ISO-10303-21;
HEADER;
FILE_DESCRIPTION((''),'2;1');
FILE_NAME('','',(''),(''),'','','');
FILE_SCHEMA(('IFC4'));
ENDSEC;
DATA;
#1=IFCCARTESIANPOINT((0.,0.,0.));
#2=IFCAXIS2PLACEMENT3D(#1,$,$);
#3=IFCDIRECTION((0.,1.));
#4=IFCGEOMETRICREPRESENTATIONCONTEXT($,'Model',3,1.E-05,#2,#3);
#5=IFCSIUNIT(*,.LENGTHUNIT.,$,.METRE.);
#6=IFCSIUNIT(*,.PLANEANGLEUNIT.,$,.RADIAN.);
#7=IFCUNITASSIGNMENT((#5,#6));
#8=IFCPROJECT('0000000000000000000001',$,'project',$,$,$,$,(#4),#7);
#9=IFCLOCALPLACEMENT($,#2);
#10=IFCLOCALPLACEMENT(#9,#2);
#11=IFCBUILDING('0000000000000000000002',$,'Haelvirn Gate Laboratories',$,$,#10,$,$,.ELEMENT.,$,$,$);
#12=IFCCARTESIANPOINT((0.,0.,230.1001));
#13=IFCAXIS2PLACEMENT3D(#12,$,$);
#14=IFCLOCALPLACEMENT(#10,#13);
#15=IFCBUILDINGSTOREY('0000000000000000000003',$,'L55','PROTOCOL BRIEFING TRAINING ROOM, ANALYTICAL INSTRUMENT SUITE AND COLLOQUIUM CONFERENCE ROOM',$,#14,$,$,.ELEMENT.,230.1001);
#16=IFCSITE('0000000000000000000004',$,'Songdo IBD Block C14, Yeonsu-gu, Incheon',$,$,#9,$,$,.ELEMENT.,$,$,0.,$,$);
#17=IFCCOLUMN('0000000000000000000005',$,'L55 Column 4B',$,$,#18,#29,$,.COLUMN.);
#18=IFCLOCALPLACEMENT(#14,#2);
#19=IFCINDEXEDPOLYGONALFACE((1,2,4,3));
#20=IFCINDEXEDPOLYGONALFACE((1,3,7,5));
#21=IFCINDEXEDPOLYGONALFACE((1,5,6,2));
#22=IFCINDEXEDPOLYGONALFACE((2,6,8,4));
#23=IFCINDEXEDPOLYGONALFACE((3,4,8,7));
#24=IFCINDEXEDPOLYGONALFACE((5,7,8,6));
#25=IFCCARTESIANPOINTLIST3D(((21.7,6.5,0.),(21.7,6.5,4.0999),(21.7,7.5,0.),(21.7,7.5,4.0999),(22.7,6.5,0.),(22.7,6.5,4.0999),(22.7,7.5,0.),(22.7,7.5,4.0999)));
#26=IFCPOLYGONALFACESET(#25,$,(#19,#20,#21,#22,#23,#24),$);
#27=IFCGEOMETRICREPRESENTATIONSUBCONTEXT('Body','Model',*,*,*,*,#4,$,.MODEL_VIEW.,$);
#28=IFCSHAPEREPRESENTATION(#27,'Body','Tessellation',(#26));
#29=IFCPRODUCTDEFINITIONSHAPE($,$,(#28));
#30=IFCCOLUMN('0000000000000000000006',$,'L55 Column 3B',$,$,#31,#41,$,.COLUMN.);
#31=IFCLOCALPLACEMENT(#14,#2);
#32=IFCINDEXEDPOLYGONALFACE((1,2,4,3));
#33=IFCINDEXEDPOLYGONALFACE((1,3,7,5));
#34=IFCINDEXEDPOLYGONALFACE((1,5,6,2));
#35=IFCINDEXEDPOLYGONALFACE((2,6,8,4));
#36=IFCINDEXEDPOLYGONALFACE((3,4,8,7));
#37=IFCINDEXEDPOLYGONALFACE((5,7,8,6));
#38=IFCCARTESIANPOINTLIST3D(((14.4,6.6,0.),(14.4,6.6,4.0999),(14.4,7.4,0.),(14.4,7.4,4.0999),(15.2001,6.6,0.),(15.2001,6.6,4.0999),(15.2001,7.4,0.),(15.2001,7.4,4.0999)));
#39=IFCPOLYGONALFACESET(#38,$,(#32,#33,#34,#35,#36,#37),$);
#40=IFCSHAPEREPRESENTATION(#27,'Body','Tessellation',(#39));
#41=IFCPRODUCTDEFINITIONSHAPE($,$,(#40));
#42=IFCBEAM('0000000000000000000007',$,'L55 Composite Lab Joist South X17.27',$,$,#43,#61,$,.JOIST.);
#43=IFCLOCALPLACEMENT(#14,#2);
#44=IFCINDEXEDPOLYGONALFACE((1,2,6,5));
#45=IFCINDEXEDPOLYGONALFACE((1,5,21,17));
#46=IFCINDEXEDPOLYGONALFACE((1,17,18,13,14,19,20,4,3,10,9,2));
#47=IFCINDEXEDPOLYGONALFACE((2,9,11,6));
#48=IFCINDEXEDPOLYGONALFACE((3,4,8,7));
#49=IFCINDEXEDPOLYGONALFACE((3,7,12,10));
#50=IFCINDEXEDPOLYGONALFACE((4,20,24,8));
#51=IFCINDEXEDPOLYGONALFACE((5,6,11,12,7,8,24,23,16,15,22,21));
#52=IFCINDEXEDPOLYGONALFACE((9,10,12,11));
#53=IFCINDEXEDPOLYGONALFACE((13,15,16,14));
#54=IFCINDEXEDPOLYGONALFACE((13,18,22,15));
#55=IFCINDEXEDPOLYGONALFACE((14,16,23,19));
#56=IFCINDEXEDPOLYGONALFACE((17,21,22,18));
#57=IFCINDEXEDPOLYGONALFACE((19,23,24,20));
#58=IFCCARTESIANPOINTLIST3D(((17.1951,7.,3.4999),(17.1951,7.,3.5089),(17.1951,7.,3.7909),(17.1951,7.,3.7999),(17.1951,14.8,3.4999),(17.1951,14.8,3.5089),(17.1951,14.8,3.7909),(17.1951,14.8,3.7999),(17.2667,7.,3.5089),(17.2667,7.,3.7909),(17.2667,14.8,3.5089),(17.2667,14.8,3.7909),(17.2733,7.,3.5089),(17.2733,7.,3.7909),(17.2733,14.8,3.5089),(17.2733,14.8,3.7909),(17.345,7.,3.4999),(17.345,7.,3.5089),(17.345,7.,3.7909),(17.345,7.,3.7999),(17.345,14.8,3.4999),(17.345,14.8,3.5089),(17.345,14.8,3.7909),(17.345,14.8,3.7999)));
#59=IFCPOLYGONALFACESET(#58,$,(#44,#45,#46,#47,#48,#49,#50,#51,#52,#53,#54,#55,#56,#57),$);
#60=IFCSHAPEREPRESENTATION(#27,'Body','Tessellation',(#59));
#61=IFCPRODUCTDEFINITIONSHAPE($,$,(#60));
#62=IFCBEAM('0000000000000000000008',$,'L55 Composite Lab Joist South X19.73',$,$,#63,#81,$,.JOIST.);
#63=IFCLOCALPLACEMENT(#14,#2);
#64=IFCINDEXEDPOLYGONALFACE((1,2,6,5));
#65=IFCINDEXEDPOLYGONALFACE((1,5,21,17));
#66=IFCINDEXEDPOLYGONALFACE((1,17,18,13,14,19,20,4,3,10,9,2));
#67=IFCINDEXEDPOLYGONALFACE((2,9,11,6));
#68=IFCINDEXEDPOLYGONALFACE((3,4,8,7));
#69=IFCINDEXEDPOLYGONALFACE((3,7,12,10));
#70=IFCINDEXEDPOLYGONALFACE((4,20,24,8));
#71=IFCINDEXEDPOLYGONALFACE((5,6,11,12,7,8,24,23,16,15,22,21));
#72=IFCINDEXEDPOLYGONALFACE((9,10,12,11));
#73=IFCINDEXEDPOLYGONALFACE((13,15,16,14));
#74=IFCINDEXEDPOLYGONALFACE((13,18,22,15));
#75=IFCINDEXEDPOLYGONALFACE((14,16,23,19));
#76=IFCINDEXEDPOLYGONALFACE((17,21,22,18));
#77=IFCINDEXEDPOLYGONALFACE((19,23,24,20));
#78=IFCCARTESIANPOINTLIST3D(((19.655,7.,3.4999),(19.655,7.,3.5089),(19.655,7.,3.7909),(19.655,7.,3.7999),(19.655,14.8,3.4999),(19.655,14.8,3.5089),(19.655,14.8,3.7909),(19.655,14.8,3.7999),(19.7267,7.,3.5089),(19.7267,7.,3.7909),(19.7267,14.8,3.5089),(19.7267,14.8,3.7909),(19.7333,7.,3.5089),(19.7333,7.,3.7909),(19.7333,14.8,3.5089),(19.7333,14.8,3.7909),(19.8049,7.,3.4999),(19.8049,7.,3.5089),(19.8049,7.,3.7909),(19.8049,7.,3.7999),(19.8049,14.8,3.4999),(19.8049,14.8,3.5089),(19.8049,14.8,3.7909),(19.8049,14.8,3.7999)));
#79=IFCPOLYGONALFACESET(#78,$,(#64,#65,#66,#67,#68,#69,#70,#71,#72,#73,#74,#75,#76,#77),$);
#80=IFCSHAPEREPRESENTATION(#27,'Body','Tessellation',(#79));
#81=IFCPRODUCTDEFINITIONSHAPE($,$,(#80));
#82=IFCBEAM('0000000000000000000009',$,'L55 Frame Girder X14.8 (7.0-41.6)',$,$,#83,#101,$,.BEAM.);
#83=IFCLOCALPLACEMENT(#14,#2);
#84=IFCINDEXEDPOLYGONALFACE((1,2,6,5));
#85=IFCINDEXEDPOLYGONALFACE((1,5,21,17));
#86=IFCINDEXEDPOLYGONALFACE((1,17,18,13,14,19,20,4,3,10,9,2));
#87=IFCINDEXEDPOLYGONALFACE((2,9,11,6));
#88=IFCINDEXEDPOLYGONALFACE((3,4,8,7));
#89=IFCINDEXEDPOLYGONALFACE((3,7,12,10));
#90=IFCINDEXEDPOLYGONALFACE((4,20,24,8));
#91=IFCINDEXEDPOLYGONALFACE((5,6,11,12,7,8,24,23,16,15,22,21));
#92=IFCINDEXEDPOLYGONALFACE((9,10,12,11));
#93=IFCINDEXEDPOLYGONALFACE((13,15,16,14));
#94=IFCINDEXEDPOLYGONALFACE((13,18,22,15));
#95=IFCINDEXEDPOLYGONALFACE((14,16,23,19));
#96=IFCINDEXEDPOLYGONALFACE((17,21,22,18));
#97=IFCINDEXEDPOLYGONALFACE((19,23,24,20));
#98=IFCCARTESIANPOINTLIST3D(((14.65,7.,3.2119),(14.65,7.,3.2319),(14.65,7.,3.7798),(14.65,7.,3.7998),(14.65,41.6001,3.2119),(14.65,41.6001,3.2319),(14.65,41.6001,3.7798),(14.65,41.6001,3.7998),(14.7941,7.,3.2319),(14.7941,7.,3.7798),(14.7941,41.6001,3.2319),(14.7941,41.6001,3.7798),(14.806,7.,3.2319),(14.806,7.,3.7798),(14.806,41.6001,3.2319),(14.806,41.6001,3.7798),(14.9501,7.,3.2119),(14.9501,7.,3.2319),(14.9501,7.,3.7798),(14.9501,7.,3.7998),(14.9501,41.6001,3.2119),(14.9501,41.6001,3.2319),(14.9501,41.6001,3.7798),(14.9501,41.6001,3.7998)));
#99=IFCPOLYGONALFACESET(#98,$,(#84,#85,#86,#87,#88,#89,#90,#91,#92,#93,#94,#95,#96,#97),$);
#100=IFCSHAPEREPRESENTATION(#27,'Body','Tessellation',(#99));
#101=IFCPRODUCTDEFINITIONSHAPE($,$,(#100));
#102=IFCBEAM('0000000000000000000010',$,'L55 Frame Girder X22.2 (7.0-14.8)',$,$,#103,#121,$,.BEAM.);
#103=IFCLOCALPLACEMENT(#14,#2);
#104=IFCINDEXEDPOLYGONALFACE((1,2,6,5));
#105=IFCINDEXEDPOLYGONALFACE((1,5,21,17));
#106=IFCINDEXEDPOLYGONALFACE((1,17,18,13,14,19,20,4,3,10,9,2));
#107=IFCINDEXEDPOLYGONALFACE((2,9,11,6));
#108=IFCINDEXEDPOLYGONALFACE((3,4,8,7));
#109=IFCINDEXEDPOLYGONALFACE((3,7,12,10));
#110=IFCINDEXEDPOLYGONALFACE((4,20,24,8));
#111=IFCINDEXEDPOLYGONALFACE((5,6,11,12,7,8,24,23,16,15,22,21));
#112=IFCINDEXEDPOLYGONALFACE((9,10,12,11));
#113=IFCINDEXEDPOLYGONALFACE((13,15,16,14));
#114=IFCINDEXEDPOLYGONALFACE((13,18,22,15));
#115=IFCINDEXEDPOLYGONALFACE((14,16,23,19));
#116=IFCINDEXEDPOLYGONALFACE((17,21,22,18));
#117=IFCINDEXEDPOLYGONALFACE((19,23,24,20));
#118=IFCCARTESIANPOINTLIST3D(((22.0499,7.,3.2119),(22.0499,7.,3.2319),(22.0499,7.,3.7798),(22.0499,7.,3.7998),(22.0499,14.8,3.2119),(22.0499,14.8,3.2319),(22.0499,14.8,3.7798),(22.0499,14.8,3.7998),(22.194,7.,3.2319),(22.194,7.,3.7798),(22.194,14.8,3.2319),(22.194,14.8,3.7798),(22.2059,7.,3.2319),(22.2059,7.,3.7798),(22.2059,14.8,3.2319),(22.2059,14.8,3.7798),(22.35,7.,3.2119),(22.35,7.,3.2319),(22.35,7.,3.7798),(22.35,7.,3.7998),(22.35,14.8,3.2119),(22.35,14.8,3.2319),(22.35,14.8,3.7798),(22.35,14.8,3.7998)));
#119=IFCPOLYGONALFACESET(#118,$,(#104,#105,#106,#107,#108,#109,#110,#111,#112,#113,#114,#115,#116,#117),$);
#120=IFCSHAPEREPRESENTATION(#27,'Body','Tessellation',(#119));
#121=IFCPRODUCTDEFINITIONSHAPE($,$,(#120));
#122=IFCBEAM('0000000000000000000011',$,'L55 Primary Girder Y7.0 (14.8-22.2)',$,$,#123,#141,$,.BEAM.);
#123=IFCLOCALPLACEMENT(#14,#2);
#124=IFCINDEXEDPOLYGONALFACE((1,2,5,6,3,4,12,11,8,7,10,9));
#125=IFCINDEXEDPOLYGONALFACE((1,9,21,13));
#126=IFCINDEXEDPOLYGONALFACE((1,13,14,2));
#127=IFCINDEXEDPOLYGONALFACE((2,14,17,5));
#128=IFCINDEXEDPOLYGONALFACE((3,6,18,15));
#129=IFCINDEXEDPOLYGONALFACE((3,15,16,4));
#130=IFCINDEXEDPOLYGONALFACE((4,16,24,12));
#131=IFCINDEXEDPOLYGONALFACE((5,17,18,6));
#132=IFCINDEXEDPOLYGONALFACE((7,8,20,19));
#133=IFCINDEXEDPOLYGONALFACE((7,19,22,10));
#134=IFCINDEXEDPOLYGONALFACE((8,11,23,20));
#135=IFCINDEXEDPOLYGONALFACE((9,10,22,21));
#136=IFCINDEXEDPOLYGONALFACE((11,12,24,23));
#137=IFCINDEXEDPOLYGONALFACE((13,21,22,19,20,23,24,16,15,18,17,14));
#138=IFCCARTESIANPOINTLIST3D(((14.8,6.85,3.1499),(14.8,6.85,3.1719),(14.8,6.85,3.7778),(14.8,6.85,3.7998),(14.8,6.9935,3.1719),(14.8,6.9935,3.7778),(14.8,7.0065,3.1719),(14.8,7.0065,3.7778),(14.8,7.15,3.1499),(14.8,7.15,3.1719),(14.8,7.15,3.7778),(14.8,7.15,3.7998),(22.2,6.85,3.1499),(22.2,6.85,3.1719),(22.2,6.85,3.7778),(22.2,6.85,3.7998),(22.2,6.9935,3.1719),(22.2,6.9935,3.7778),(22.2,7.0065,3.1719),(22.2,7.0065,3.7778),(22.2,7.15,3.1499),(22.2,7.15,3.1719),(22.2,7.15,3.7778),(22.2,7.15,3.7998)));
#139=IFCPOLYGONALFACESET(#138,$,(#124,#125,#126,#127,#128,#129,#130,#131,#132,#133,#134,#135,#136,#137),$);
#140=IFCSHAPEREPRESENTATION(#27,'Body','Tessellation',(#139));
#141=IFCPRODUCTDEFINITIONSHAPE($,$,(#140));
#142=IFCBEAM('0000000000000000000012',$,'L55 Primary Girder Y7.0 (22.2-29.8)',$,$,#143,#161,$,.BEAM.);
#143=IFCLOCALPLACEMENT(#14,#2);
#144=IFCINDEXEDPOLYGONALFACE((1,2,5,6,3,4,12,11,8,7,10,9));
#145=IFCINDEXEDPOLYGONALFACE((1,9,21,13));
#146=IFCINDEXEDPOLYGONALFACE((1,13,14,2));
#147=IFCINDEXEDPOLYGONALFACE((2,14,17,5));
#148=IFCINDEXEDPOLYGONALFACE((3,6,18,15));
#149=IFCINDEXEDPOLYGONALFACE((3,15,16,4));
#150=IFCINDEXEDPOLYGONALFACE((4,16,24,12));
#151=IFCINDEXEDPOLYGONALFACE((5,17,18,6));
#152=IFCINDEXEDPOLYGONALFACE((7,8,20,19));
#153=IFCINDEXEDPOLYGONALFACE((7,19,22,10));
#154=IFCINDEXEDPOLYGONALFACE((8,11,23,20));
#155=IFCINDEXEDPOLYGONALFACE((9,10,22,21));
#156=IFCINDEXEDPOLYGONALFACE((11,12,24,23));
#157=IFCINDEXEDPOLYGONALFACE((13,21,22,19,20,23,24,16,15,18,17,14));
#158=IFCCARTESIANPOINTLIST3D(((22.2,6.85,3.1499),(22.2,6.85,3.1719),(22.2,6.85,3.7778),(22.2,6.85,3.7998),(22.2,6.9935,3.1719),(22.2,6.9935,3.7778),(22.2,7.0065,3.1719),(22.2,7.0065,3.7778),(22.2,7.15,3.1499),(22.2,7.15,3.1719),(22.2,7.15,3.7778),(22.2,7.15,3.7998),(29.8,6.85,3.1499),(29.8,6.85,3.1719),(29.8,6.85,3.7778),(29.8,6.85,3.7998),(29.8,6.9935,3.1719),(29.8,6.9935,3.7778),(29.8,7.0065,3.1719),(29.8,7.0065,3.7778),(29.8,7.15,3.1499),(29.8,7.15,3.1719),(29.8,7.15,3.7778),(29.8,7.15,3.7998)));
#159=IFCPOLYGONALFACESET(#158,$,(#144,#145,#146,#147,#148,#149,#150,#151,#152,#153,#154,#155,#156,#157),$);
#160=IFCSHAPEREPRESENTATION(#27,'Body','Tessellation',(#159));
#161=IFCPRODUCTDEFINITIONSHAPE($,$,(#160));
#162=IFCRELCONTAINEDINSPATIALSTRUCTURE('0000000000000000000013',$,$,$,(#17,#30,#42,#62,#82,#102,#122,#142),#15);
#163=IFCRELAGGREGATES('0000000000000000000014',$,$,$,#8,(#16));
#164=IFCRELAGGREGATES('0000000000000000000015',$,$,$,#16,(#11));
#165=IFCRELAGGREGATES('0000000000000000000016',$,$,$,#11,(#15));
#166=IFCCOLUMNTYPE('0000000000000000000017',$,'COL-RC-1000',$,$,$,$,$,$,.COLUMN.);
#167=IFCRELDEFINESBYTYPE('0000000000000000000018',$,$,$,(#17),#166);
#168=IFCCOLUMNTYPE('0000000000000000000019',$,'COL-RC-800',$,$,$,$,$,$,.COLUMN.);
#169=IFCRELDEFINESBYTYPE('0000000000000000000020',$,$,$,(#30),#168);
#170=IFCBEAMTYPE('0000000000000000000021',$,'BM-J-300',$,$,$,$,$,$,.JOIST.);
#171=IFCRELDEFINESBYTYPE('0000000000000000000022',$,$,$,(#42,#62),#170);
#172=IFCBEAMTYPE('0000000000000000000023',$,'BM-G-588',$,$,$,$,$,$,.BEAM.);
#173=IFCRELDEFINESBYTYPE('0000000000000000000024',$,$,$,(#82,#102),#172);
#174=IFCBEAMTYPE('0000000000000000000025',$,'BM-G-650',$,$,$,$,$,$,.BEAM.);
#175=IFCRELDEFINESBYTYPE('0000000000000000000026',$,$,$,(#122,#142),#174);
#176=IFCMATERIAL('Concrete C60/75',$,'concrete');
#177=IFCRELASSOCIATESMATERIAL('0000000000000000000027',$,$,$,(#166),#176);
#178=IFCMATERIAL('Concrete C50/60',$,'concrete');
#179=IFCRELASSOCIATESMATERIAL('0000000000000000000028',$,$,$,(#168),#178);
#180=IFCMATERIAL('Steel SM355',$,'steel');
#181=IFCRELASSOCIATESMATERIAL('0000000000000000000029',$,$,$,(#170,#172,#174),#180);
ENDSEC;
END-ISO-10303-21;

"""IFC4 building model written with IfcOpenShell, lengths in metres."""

from ifc_helpers import new_model, si_unit, direction, frame, origin, origin_2d, place, context, subcontext, project, spatial, rectangle, i_section, extrude, source, transform, mapped, material, material_profile, profile_set, type_object, type_shapes, element, save


model = new_model("IFC4")

# Units and contexts
model_context = context("Model", 3, precision=1e-05, world=origin(), true_north=direction((0.0, 1.0)))
body_context = subcontext(model_context, "Body", "Model", "MODEL_VIEW")
ifc_project = project(units=[si_unit("LENGTHUNIT", "METRE"), si_unit("PLANEANGLEUNIT", "RADIAN")], contexts=[model_context])

# Site, building, storey
site_placement = place(None, origin())
site = spatial("IfcSite", under=ifc_project, at=site_placement, Name="Songdo IBD Block C14, Yeonsu-gu, Incheon", CompositionType="ELEMENT", RefElevation=0.0)
building_placement = place(site_placement, origin())
building = spatial("IfcBuilding", under=site, at=building_placement, Name="Haelvirn Gate Laboratories", CompositionType="ELEMENT")
storey_placement = place(building_placement, frame((0.0, 0.0, 230.1001)))
storey = spatial("IfcBuildingStorey", under=building, at=storey_placement, Name="L55", Description="PROTOCOL BRIEFING TRAINING ROOM, ANALYTICAL INSTRUMENT SUITE AND COLLOQUIUM CONFERENCE ROOM", CompositionType="ELEMENT", Elevation=230.1001)

# Columns
ifc_material_1 = material(Name="Concrete C60/75", Category="concrete")
ifc_material_profile_1 = material_profile(ifc_material_1, rectangle(XDim=1.0, YDim=1.0, at=origin_2d()), Name="RC-1000x1000")
ifc_profile_set_1 = profile_set([ifc_material_profile_1], Name="Concrete C60/75")
column_type_1 = type_object("IfcColumnType", Name="COL-RC-1000", PredefinedType="COLUMN", material=ifc_profile_set_1)
shared_shape_1 = source(origin(), body_context, "Body", "SweptSolid", [
    extrude(rectangle(XDim=1.0, YDim=1.0, at=origin_2d()), origin(), (0.0, 0.0, 1.0), 4.0999),
])
type_shapes(column_type_1, [shared_shape_1])
column_1_placement = place(storey_placement, frame((22.2, 7.0, 0.0), z_axis=(0.0, 0.0, 1.0), x_axis=(1.0, 0.0, 0.0)))
element("IfcColumn", 1, at=column_1_placement, inside=storey, type_object=column_type_1, Name="L55 Column 4B", PredefinedType="COLUMN", context=body_context, shape_type="MappedRepresentation", body=[
    mapped(shared_shape_1, transform((0.0, 0.0, 0.0), scale=1.0)),
])
ifc_material_2 = material(Name="Concrete C50/60", Category="concrete")
ifc_material_profile_2 = material_profile(ifc_material_2, rectangle(XDim=0.8, YDim=0.8, at=origin_2d()), Name="RC-800x800")
ifc_profile_set_2 = profile_set([ifc_material_profile_2], Name="Concrete C50/60")
column_type_2 = type_object("IfcColumnType", Name="COL-RC-800", PredefinedType="COLUMN", material=ifc_profile_set_2)
shared_shape_2 = source(origin(), body_context, "Body", "SweptSolid", [
    extrude(rectangle(XDim=0.8, YDim=0.8, at=origin_2d()), origin(), (0.0, 0.0, 1.0), 4.0999),
])
type_shapes(column_type_2, [shared_shape_2])
column_2_placement = place(storey_placement, frame((14.8, 7.0, 0.0), z_axis=(0.0, 0.0, 1.0), x_axis=(1.0, 0.0, 0.0)))
element("IfcColumn", 2, at=column_2_placement, inside=storey, type_object=column_type_2, Name="L55 Column 3B", PredefinedType="COLUMN", context=body_context, shape_type="MappedRepresentation", body=[
    mapped(shared_shape_2, transform((0.0, 0.0, 0.0), scale=1.0)),
])

# Beams
ifc_material_3 = material(Name="Steel SM355", Category="steel")
ifc_material_profile_3 = material_profile(ifc_material_3, i_section(OverallWidth=0.1499, OverallDepth=0.3, WebThickness=0.0066, FlangeThickness=0.009, at=origin_2d()), Name="H-300x150x6.5x9")
ifc_profile_set_3 = profile_set([ifc_material_profile_3], Name="Steel SM355")
beam_type_1 = type_object("IfcBeamType", Name="BM-J-300", PredefinedType="JOIST", material=ifc_profile_set_3)
shared_shape_3 = source(origin(), body_context, "Body", "SweptSolid", [
    extrude(i_section(OverallWidth=0.1499, OverallDepth=0.3, WebThickness=0.0066, FlangeThickness=0.009, at=origin_2d()), origin(), (0.0, 0.0, 1.0), 7.8),
])
type_shapes(beam_type_1, [shared_shape_3])
for number, where, z_axis, x_axis, name in (
    (3, (17.27, 7.0, 3.6499), (0.0, 1.0, 0.0), (-1.0, 0.0, 0.0), "L55 Composite Lab Joist South X17.27"),
    (4, (19.73, 7.0, 3.6499), (0.0, 1.0, 0.0), (-1.0, 0.0, 0.0), "L55 Composite Lab Joist South X19.73"),
):
    element("IfcBeam", number, at=place(storey_placement, frame(where, z_axis=z_axis, x_axis=x_axis)), inside=storey, type_object=beam_type_1, Name=name, PredefinedType="JOIST", context=body_context, shape_type="MappedRepresentation", body=[
        mapped(shared_shape_3, transform((0.0, 0.0, 0.0), scale=1.0)),
    ])
ifc_material_profile_4 = material_profile(ifc_material_3, i_section(OverallWidth=0.3, OverallDepth=0.5879, WebThickness=0.012, FlangeThickness=0.02, at=origin_2d()), Name="H-588x300x12x20")
ifc_profile_set_4 = profile_set([ifc_material_profile_4], Name="Steel SM355")
beam_type_2 = type_object("IfcBeamType", Name="BM-G-588", PredefinedType="BEAM", material=ifc_profile_set_4)
shared_shape_4 = source(origin(), body_context, "Body", "SweptSolid", [
    extrude(i_section(OverallWidth=0.3, OverallDepth=0.5879, WebThickness=0.012, FlangeThickness=0.02, at=origin_2d()), origin(), (0.0, 0.0, 1.0), 34.6001),
])
beam_1_placement = place(storey_placement, frame((14.8, 7.0, 3.5059), z_axis=(0.0, 1.0, 0.0), x_axis=(-1.0, 0.0, 0.0)))
element("IfcBeam", 5, at=beam_1_placement, inside=storey, type_object=beam_type_2, Name="L55 Frame Girder X14.8 (7.0-41.6)", PredefinedType="BEAM", context=body_context, shape_type="MappedRepresentation", body=[
    mapped(shared_shape_4, transform((0.0, 0.0, 0.0), scale=1.0)),
])
shared_shape_5 = source(origin(), body_context, "Body", "SweptSolid", [
    extrude(i_section(OverallWidth=0.3, OverallDepth=0.5879, WebThickness=0.012, FlangeThickness=0.02, at=origin_2d()), origin(), (0.0, 0.0, 1.0), 7.8),
])
type_shapes(beam_type_2, [shared_shape_4, shared_shape_5])
beam_2_placement = place(storey_placement, frame((22.2, 7.0, 3.5059), z_axis=(0.0, 1.0, 0.0), x_axis=(-1.0, 0.0, 0.0)))
element("IfcBeam", 6, at=beam_2_placement, inside=storey, type_object=beam_type_2, Name="L55 Frame Girder X22.2 (7.0-14.8)", PredefinedType="BEAM", context=body_context, shape_type="MappedRepresentation", body=[
    mapped(shared_shape_5, transform((0.0, 0.0, 0.0), scale=1.0)),
])
ifc_material_profile_5 = material_profile(ifc_material_3, i_section(OverallWidth=0.3, OverallDepth=0.6499, WebThickness=0.0129, FlangeThickness=0.022, at=origin_2d()), Name="H-650x300x13x22")
ifc_profile_set_5 = profile_set([ifc_material_profile_5], Name="Steel SM355")
beam_type_3 = type_object("IfcBeamType", Name="BM-G-650", PredefinedType="BEAM", material=ifc_profile_set_5)
shared_shape_6 = source(origin(), body_context, "Body", "SweptSolid", [
    extrude(i_section(OverallWidth=0.3, OverallDepth=0.6499, WebThickness=0.0129, FlangeThickness=0.022, at=origin_2d()), origin(), (0.0, 0.0, 1.0), 7.3999),
])
beam_3_placement = place(storey_placement, frame((14.8, 7.0, 3.4749), z_axis=(1.0, 0.0, 0.0), x_axis=(0.0, 1.0, 0.0)))
element("IfcBeam", 7, at=beam_3_placement, inside=storey, type_object=beam_type_3, Name="L55 Primary Girder Y7.0 (14.8-22.2)", PredefinedType="BEAM", context=body_context, shape_type="MappedRepresentation", body=[
    mapped(shared_shape_6, transform((0.0, 0.0, 0.0), scale=1.0)),
])
shared_shape_7 = source(origin(), body_context, "Body", "SweptSolid", [
    extrude(i_section(OverallWidth=0.3, OverallDepth=0.6499, WebThickness=0.0129, FlangeThickness=0.022, at=origin_2d()), origin(), (0.0, 0.0, 1.0), 7.6001),
])
type_shapes(beam_type_3, [shared_shape_6, shared_shape_7])
beam_4_placement = place(storey_placement, frame((22.2, 7.0, 3.4749), z_axis=(1.0, 0.0, 0.0), x_axis=(0.0, 1.0, 0.0)))
element("IfcBeam", 8, at=beam_4_placement, inside=storey, type_object=beam_type_3, Name="L55 Primary Girder Y7.0 (22.2-29.8)", PredefinedType="BEAM", context=body_context, shape_type="MappedRepresentation", body=[
    mapped(shared_shape_7, transform((0.0, 0.0, 0.0), scale=1.0)),
])

save(model, "model.ifc")
